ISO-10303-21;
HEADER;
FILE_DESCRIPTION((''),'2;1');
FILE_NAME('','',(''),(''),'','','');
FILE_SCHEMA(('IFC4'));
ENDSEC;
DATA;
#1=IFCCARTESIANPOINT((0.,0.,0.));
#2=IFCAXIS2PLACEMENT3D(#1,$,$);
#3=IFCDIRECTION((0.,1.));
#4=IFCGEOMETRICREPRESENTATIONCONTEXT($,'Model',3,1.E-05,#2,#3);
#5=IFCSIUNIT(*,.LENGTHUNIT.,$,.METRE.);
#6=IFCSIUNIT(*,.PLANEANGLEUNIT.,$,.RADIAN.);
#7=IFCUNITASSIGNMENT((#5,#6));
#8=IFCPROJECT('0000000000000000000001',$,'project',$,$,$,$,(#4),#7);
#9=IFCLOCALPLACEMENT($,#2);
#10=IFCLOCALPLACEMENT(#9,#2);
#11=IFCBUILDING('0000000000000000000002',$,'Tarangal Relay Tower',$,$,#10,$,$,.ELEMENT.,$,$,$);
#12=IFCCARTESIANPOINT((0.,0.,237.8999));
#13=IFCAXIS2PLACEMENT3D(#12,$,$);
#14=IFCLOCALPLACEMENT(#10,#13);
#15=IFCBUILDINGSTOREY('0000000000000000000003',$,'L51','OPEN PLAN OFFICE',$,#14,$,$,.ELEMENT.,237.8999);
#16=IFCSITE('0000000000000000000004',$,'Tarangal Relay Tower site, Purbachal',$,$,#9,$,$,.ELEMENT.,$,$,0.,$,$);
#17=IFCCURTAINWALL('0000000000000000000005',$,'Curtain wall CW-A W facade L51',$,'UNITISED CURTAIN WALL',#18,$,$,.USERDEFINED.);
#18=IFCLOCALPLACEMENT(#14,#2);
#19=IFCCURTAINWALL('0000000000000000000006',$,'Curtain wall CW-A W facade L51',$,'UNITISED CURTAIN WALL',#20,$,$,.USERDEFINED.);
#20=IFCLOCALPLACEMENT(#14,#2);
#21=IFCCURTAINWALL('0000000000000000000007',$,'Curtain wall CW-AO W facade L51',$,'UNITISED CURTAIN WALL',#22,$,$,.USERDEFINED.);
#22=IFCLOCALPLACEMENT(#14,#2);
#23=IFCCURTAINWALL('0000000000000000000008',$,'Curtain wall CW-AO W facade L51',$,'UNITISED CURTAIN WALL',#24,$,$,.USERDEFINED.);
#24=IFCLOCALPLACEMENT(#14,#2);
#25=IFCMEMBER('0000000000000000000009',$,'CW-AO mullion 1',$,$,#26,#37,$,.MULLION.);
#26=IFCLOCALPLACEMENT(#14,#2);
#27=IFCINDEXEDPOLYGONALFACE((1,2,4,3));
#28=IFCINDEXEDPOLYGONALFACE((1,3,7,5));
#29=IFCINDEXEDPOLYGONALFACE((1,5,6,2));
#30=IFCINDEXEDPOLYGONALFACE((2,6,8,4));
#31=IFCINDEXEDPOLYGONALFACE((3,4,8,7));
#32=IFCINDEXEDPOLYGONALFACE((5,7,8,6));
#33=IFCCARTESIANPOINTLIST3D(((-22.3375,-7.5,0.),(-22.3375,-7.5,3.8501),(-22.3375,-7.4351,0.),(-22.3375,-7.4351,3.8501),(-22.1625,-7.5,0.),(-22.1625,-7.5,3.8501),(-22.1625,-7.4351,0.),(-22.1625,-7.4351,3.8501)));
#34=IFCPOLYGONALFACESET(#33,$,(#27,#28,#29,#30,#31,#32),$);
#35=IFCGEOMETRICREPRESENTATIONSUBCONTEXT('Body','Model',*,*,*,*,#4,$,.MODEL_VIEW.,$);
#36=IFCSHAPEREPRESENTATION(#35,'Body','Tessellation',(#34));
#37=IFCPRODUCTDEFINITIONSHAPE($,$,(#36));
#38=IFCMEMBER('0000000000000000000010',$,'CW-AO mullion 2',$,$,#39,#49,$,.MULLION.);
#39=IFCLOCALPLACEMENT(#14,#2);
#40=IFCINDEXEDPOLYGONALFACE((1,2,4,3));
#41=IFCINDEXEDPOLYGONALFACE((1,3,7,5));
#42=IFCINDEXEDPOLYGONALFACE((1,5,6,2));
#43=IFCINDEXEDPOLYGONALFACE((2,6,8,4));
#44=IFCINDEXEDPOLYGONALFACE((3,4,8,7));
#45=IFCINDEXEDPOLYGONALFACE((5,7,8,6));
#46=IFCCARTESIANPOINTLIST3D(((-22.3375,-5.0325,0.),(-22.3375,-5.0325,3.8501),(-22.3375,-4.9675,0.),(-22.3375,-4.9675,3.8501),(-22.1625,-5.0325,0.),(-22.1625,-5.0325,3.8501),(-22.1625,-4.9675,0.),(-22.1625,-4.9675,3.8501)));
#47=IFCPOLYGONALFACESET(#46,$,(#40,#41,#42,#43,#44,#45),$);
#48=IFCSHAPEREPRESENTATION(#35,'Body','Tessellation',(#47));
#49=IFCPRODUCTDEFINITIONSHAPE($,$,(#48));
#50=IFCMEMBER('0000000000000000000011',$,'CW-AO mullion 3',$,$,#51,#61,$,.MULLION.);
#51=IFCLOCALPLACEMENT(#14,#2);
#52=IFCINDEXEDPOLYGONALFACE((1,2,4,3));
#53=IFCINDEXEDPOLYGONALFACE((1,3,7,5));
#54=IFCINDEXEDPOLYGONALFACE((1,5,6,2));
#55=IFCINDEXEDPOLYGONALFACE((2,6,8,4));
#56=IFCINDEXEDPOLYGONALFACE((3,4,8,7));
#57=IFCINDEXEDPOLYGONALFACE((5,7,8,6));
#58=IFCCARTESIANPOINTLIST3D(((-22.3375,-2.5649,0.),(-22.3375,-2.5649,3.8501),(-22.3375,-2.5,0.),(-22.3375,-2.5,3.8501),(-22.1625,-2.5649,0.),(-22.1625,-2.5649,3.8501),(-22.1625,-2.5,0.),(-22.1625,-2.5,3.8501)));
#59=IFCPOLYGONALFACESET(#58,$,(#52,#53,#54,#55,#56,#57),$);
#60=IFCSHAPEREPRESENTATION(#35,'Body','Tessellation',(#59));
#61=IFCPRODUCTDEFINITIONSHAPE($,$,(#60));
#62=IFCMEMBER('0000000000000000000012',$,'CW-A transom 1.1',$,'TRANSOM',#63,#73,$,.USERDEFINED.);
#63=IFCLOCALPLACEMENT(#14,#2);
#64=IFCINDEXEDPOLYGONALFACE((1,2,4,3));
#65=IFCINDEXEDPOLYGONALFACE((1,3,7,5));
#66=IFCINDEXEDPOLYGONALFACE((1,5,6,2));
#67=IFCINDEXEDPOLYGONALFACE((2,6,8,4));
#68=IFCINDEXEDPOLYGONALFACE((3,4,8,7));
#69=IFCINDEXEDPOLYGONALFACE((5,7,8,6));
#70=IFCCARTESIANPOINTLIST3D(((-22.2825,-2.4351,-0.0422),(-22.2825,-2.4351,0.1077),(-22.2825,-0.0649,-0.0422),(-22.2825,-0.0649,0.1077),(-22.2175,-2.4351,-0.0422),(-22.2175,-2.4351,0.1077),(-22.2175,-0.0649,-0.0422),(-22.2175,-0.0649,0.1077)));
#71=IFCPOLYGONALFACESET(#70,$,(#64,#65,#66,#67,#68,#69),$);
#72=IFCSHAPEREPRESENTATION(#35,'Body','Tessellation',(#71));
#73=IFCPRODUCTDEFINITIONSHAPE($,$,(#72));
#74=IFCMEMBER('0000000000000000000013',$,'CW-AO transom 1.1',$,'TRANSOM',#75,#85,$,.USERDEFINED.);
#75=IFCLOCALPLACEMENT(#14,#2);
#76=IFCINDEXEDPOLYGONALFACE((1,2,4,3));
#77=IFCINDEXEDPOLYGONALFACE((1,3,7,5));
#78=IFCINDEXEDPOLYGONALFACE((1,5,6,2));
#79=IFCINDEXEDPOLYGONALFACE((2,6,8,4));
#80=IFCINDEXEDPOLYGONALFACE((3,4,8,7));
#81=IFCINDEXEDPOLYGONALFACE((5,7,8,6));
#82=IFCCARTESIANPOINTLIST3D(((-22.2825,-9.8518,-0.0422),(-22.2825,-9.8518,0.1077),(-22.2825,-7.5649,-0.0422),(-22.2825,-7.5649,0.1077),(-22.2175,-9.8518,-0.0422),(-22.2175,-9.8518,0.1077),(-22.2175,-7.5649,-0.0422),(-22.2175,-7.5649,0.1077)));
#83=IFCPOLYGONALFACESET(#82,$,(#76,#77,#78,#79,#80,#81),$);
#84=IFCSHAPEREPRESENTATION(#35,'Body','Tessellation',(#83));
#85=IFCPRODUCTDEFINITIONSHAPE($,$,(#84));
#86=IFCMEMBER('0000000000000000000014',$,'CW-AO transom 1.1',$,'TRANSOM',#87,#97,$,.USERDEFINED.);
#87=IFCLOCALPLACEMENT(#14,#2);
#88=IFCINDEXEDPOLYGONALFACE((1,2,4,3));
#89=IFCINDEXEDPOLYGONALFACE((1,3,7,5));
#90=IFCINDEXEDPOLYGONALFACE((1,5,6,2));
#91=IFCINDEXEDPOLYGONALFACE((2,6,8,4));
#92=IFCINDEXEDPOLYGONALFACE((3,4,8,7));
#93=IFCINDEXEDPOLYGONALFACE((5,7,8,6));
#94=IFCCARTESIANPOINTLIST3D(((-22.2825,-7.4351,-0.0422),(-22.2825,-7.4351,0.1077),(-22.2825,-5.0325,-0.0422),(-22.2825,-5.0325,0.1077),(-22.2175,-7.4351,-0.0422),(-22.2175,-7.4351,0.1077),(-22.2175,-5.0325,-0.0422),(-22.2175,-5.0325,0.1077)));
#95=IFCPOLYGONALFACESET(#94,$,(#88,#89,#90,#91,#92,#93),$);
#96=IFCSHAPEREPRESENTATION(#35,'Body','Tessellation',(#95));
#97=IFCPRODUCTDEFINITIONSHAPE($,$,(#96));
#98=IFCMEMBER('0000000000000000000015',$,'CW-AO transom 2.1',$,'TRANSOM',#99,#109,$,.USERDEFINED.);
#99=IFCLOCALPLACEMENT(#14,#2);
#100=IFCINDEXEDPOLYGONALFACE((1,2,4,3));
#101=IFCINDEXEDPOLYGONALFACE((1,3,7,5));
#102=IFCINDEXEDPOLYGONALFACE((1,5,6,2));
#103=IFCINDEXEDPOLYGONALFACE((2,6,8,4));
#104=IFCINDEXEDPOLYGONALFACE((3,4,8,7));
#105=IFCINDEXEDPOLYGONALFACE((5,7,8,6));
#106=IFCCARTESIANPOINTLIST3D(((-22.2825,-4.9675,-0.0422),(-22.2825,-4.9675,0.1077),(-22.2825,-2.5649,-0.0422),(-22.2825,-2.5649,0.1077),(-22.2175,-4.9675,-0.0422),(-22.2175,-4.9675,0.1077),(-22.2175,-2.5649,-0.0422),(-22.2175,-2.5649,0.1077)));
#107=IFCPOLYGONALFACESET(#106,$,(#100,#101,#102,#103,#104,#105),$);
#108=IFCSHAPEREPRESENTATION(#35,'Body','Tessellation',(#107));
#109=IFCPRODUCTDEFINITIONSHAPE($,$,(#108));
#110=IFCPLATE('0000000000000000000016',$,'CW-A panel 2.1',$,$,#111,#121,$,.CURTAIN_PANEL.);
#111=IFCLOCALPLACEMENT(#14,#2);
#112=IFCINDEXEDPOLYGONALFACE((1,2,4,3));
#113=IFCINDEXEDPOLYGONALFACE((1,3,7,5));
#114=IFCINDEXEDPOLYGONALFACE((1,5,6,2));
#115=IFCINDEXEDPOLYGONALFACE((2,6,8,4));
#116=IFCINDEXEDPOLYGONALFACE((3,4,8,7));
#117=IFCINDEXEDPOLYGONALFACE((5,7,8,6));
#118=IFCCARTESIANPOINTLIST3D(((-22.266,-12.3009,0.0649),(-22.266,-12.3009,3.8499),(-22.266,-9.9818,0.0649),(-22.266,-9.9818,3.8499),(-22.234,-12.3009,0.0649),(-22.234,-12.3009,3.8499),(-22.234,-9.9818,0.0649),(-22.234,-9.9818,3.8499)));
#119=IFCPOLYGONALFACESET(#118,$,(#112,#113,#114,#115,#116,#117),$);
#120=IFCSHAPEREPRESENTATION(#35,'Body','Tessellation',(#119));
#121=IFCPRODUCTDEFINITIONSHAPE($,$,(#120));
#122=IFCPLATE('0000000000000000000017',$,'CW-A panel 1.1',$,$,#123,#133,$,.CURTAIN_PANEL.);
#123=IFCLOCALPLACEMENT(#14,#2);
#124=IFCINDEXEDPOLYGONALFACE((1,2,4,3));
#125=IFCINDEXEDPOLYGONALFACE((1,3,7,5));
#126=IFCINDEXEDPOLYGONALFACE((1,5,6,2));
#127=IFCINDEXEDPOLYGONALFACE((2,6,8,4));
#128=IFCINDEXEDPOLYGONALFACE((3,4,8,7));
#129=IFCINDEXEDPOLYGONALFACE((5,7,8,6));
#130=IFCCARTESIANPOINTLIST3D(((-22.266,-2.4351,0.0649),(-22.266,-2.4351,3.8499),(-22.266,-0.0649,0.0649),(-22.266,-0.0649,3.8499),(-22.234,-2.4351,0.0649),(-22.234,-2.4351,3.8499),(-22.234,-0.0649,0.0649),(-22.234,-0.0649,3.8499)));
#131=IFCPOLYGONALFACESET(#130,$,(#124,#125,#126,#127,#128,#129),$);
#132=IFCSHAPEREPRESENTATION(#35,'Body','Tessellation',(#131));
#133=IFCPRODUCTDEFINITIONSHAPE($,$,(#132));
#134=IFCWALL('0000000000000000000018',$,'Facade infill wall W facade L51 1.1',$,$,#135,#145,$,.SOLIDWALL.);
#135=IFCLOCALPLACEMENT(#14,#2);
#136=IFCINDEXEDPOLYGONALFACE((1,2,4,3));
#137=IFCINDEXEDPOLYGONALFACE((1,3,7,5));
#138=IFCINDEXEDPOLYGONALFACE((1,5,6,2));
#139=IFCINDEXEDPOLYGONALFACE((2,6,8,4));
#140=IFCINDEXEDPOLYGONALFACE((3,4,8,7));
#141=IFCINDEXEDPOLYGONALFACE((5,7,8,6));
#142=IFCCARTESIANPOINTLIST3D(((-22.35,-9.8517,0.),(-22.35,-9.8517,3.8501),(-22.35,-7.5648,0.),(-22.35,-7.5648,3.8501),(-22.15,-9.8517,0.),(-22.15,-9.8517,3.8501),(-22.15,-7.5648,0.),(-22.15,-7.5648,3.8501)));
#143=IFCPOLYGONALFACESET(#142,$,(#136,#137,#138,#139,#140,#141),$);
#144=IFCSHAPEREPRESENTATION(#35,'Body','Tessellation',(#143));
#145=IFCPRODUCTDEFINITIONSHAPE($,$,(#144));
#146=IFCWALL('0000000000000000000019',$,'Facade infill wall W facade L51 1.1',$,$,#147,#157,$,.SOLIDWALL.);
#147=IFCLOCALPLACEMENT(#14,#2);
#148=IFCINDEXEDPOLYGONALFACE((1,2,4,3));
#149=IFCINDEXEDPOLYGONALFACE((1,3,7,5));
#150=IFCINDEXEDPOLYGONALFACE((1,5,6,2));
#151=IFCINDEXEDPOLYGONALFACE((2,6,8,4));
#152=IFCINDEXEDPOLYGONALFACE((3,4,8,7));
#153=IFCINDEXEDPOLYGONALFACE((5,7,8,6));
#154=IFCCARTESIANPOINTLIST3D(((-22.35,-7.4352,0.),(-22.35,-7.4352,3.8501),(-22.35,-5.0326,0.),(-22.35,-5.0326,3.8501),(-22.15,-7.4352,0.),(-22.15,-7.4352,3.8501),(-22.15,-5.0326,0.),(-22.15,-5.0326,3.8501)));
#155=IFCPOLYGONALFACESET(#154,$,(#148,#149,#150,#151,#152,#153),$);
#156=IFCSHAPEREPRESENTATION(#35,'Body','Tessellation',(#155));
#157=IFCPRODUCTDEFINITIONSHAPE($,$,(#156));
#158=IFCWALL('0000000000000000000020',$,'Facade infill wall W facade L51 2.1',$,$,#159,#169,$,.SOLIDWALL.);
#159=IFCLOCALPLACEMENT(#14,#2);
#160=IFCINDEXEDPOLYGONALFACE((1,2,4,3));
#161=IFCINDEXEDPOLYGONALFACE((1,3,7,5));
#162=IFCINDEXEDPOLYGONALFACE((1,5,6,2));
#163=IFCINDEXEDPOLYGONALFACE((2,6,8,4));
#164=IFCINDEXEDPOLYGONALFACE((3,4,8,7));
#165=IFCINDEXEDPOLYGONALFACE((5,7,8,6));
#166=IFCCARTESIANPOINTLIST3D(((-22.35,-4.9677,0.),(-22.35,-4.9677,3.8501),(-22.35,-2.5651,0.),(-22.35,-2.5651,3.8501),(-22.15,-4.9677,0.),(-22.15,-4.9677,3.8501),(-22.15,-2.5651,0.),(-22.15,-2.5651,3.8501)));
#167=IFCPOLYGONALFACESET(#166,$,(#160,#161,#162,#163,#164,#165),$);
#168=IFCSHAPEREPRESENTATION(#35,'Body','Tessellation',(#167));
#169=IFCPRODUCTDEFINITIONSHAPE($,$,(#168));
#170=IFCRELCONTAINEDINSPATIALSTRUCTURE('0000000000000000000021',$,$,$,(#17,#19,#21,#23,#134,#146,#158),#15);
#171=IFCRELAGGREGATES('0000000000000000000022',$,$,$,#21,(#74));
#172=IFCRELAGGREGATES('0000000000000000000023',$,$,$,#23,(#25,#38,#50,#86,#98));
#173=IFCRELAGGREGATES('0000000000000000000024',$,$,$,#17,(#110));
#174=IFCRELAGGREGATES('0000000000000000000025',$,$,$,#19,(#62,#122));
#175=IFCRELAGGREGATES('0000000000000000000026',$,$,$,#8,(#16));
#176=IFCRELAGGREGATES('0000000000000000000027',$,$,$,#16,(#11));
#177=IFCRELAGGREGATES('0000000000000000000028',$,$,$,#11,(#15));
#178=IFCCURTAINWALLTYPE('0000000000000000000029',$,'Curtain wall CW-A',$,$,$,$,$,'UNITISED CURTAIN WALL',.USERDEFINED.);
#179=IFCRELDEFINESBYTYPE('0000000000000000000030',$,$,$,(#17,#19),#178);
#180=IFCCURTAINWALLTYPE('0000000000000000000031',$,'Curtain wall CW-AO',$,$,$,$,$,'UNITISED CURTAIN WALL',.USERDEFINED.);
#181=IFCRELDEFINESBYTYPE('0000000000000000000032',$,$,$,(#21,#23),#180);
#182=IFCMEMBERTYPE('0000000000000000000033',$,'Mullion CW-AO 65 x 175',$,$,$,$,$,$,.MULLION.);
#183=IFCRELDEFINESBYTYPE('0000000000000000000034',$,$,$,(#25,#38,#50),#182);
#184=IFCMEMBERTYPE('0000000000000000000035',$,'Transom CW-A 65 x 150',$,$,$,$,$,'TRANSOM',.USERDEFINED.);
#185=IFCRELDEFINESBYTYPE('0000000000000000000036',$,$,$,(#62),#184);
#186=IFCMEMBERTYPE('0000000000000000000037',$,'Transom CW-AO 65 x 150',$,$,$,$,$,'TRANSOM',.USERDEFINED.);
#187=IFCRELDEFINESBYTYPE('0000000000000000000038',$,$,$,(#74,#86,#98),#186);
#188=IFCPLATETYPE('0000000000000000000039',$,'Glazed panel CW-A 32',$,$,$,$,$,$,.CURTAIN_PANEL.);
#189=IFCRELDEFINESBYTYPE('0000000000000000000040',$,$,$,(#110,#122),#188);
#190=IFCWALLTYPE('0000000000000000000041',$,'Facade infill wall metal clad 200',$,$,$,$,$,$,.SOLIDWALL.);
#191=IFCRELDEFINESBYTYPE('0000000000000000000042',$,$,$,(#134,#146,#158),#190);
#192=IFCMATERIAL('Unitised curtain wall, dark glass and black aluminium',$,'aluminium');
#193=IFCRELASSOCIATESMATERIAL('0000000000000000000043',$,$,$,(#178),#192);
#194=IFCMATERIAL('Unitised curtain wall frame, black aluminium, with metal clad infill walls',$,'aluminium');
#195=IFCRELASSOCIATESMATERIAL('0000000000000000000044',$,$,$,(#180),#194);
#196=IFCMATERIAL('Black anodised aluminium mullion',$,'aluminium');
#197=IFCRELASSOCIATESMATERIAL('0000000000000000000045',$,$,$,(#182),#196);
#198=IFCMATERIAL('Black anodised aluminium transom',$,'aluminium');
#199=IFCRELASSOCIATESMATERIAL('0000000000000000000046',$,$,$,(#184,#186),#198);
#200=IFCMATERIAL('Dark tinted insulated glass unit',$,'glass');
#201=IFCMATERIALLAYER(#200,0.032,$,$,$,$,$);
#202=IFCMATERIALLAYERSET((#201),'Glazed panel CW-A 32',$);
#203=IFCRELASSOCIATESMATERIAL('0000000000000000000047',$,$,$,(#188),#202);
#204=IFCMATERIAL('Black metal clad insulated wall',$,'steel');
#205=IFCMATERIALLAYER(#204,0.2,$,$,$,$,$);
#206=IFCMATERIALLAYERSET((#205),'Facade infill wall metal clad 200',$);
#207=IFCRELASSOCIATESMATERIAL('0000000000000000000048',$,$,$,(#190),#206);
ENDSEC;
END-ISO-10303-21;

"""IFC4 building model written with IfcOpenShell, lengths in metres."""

from ifc_helpers import new_model, si_unit, direction, frame, frame_2d, origin, origin_2d, place, context, subcontext, project, spatial, rectangle, extrude, material, layer, layer_set, material_profile, profile_set, type_object, element, aggregate, save


model = new_model("IFC4")

# Units and contexts
model_context = context("Model", 3, precision=1e-05, world=origin(), true_north=direction((0.0, 1.0)))
body_context = subcontext(model_context, "Body", "Model", "MODEL_VIEW")
ifc_project = project(units=[si_unit("LENGTHUNIT", "METRE"), si_unit("PLANEANGLEUNIT", "RADIAN")], contexts=[model_context])

# Site, building, storey
site_placement = place(None, origin())
site = spatial("IfcSite", under=ifc_project, at=site_placement, Name="Tarangal Relay Tower site, Purbachal", CompositionType="ELEMENT", RefElevation=0.0)
building_placement = place(site_placement, origin())
building = spatial("IfcBuilding", under=site, at=building_placement, Name="Tarangal Relay Tower", CompositionType="ELEMENT")
storey_placement = place(building_placement, frame((0.0, 0.0, 237.8999)))
storey = spatial("IfcBuildingStorey", under=building, at=storey_placement, Name="L51", Description="OPEN PLAN OFFICE", CompositionType="ELEMENT", Elevation=237.8999)

# Curtain wall
ifc_material_1 = material(Name="Unitised curtain wall, dark glass and black aluminium", Category="aluminium")
curtain_wall_type_1 = type_object("IfcCurtainWallType", Name="Curtain wall CW-A", ElementType="UNITISED CURTAIN WALL", PredefinedType="USERDEFINED", material=ifc_material_1)
curtain_wall_1_placement = place(storey_placement, origin())
curtain_wall_1 = element("IfcCurtainWall", 1, at=curtain_wall_1_placement, inside=storey, type_object=curtain_wall_type_1, Name="Curtain wall CW-A W facade L51", ObjectType="UNITISED CURTAIN WALL", PredefinedType="USERDEFINED")
ifc_material_2 = material(Name="Black anodised aluminium mullion", Category="aluminium")

# Curtain walls, members
curtain_wall_2_placement = place(storey_placement, origin())
curtain_wall_2 = element("IfcCurtainWall", 2, at=curtain_wall_2_placement, inside=storey, type_object=curtain_wall_type_1, Name="Curtain wall CW-A W facade L51", ObjectType="UNITISED CURTAIN WALL", PredefinedType="USERDEFINED")
ifc_material_3 = material(Name="Unitised curtain wall frame, black aluminium, with metal clad infill walls", Category="aluminium")
curtain_wall_type_2 = type_object("IfcCurtainWallType", Name="Curtain wall CW-AO", ElementType="UNITISED CURTAIN WALL", PredefinedType="USERDEFINED", material=ifc_material_3)
curtain_wall_3_placement = place(storey_placement, origin())
curtain_wall_3 = element("IfcCurtainWall", 3, at=curtain_wall_3_placement, inside=storey, type_object=curtain_wall_type_2, Name="Curtain wall CW-AO W facade L51", ObjectType="UNITISED CURTAIN WALL", PredefinedType="USERDEFINED")
ifc_material_profile_1 = material_profile(ifc_material_2, rectangle(XDim=0.175, YDim=0.0649, at=origin_2d()), Name="CW-AOM 65X175")
ifc_profile_set_1 = profile_set([ifc_material_profile_1], Name="Black anodised aluminium mullion")
member_type_1 = type_object("IfcMemberType", Name="Mullion CW-AO 65 x 175", PredefinedType="MULLION", material=ifc_profile_set_1)
curtain_wall_4_placement = place(storey_placement, origin())
curtain_wall_4 = element("IfcCurtainWall", 4, at=curtain_wall_4_placement, inside=storey, type_object=curtain_wall_type_2, Name="Curtain wall CW-AO W facade L51", ObjectType="UNITISED CURTAIN WALL", PredefinedType="USERDEFINED")
member_1_placement = place(storey_placement, frame((-22.25, -7.4675, 0.0), z_axis=(0.0, 0.0, 1.0), x_axis=(-1.0, 0.0, 0.0)))
member_1 = element("IfcMember", 5, at=member_1_placement, type_object=member_type_1, Name="CW-AO mullion 1", PredefinedType="MULLION", context=body_context, shape_type="SweptSolid", body=[
    extrude(rectangle(XDim=0.175, YDim=0.0649, at=origin_2d()), origin(), (0.0, 0.0, 1.0), 3.8501),
])
member_2_placement = place(storey_placement, frame((-22.25, -5.0, 0.0), z_axis=(0.0, 0.0, 1.0), x_axis=(-1.0, 0.0, 0.0)))
member_2 = element("IfcMember", 6, at=member_2_placement, type_object=member_type_1, Name="CW-AO mullion 2", PredefinedType="MULLION", context=body_context, shape_type="SweptSolid", body=[
    extrude(rectangle(XDim=0.175, YDim=0.0649, at=origin_2d()), origin(), (0.0, 0.0, 1.0), 3.8501),
])
member_3_placement = place(storey_placement, frame((-22.25, -2.5325, 0.0), z_axis=(0.0, 0.0, 1.0), x_axis=(-1.0, 0.0, 0.0)))
member_3 = element("IfcMember", 7, at=member_3_placement, type_object=member_type_1, Name="CW-AO mullion 3", PredefinedType="MULLION", context=body_context, shape_type="SweptSolid", body=[
    extrude(rectangle(XDim=0.175, YDim=0.0649, at=origin_2d()), origin(), (0.0, 0.0, 1.0), 3.8501),
])

# Members
ifc_material_4 = material(Name="Black anodised aluminium transom", Category="aluminium")
ifc_material_profile_2 = material_profile(ifc_material_4, rectangle(XDim=0.0649, YDim=0.1499, at=origin_2d()), Name="CW-AT 65X150")
ifc_profile_set_2 = profile_set([ifc_material_profile_2], Name="Black anodised aluminium transom")
member_type_2 = type_object("IfcMemberType", Name="Transom CW-A 65 x 150", ElementType="TRANSOM", PredefinedType="USERDEFINED", material=ifc_profile_set_2)
member_4_placement = place(storey_placement, frame((-22.25, -2.4351, 0.0327), z_axis=(0.0, 1.0, 0.0), x_axis=(-1.0, 0.0, 0.0)))
member_4 = element("IfcMember", 8, at=member_4_placement, type_object=member_type_2, Name="CW-A transom 1.1", ObjectType="TRANSOM", PredefinedType="USERDEFINED", context=body_context, shape_type="SweptSolid", body=[
    extrude(rectangle(XDim=0.0649, YDim=0.1499, at=origin_2d()), origin(), (0.0, 0.0, 1.0), 2.3701),
])
ifc_material_profile_3 = material_profile(ifc_material_4, rectangle(XDim=0.0649, YDim=0.1499, at=origin_2d()), Name="CW-AOT 65X150")
ifc_profile_set_3 = profile_set([ifc_material_profile_3], Name="Black anodised aluminium transom")
member_type_3 = type_object("IfcMemberType", Name="Transom CW-AO 65 x 150", ElementType="TRANSOM", PredefinedType="USERDEFINED", material=ifc_profile_set_3)
member_5_placement = place(storey_placement, frame((-22.25, -9.8518, 0.0327), z_axis=(0.0, 1.0, 0.0), x_axis=(-1.0, 0.0, 0.0)))
member_5 = element("IfcMember", 9, at=member_5_placement, type_object=member_type_3, Name="CW-AO transom 1.1", ObjectType="TRANSOM", PredefinedType="USERDEFINED", context=body_context, shape_type="SweptSolid", body=[
    extrude(rectangle(XDim=0.0649, YDim=0.1499, at=origin_2d()), origin(), (0.0, 0.0, 1.0), 2.2869),
])
aggregate(curtain_wall_3, [member_5])
member_6_placement = place(storey_placement, frame((-22.25, -7.4351, 0.0327), z_axis=(0.0, 1.0, 0.0), x_axis=(-1.0, 0.0, 0.0)))
member_6 = element("IfcMember", 10, at=member_6_placement, type_object=member_type_3, Name="CW-AO transom 1.1", ObjectType="TRANSOM", PredefinedType="USERDEFINED", context=body_context, shape_type="SweptSolid", body=[
    extrude(rectangle(XDim=0.0649, YDim=0.1499, at=origin_2d()), origin(), (0.0, 0.0, 1.0), 2.4026),
])
member_7_placement = place(storey_placement, frame((-22.25, -4.9675, 0.0327), z_axis=(0.0, 1.0, 0.0), x_axis=(-1.0, 0.0, 0.0)))
member_7 = element("IfcMember", 11, at=member_7_placement, type_object=member_type_3, Name="CW-AO transom 2.1", ObjectType="TRANSOM", PredefinedType="USERDEFINED", context=body_context, shape_type="SweptSolid", body=[
    extrude(rectangle(XDim=0.0649, YDim=0.1499, at=origin_2d()), origin(), (0.0, 0.0, 1.0), 2.4026),
])
aggregate(curtain_wall_4, [member_1, member_2, member_3, member_6, member_7])

# Plates
ifc_material_5 = material(Name="Dark tinted insulated glass unit", Category="glass")
ifc_layer_1 = layer(ifc_material_5, 0.032)
ifc_layer_set_1 = layer_set([ifc_layer_1], Name="Glazed panel CW-A 32")
plate_type = type_object("IfcPlateType", Name="Glazed panel CW-A 32", PredefinedType="CURTAIN_PANEL", material=ifc_layer_set_1)
plate_1_placement = place(storey_placement, frame((-22.25, -11.1414, 0.0649), z_axis=(0.0, 0.0, 1.0), x_axis=(0.0, 1.0, 0.0)))
plate_1 = element("IfcPlate", 12, at=plate_1_placement, type_object=plate_type, Name="CW-A panel 2.1", PredefinedType="CURTAIN_PANEL", context=body_context, shape_type="SweptSolid", body=[
    extrude(rectangle(XDim=2.3191, YDim=0.032, at=origin_2d()), origin(), (0.0, 0.0, 1.0), 3.7849),
])
aggregate(curtain_wall_1, [plate_1])
plate_2_placement = place(storey_placement, frame((-22.25, -1.25, 0.0649), z_axis=(0.0, 0.0, 1.0), x_axis=(0.0, 1.0, 0.0)))
plate_2 = element("IfcPlate", 13, at=plate_2_placement, type_object=plate_type, Name="CW-A panel 1.1", PredefinedType="CURTAIN_PANEL", context=body_context, shape_type="SweptSolid", body=[
    extrude(rectangle(XDim=2.3701, YDim=0.032, at=origin_2d()), origin(), (0.0, 0.0, 1.0), 3.7849),
])
aggregate(curtain_wall_2, [member_4, plate_2])

# Walls
ifc_material_6 = material(Name="Black metal clad insulated wall", Category="steel")
ifc_layer_2 = layer(ifc_material_6, 0.2)
ifc_layer_set_2 = layer_set([ifc_layer_2], Name="Facade infill wall metal clad 200")
wall_type_1 = type_object("IfcWallType", Name="Facade infill wall metal clad 200", PredefinedType="SOLIDWALL", material=ifc_layer_set_2)
wall_1_placement = place(storey_placement, frame((-22.25, -9.8518, 0.0), z_axis=(0.0, 0.0, 1.0), x_axis=(0.0, 1.0, 0.0)))
element("IfcWall", 14, at=wall_1_placement, inside=storey, type_object=wall_type_1, Name="Facade infill wall W facade L51 1.1", PredefinedType="SOLIDWALL", context=body_context, shape_type="SweptSolid", body=[
    extrude(rectangle(XDim=2.2869, YDim=0.2, at=frame_2d((1.1436, 0.0))), origin(), (0.0, 0.0, 1.0), 3.8501),
])
for number, where, z_axis, x_axis, name in (
    (15, (-22.25, -7.4351, 0.0), (0.0, 0.0, 1.0), (0.0, 1.0, 0.0), "Facade infill wall W facade L51 1.1"),
    (16, (-22.25, -4.9675, 0.0), (0.0, 0.0, 1.0), (0.0, 1.0, 0.0), "Facade infill wall W facade L51 2.1"),
):
    element("IfcWall", number, at=place(storey_placement, frame(where, z_axis=z_axis, x_axis=x_axis)), inside=storey, type_object=wall_type_1, Name=name, PredefinedType="SOLIDWALL", context=body_context, shape_type="SweptSolid", body=[
        extrude(rectangle(XDim=2.4026, YDim=0.2, at=frame_2d((1.2012, 0.0))), origin(), (0.0, 0.0, 1.0), 3.8501),
    ])

save(model, "model.ifc")
